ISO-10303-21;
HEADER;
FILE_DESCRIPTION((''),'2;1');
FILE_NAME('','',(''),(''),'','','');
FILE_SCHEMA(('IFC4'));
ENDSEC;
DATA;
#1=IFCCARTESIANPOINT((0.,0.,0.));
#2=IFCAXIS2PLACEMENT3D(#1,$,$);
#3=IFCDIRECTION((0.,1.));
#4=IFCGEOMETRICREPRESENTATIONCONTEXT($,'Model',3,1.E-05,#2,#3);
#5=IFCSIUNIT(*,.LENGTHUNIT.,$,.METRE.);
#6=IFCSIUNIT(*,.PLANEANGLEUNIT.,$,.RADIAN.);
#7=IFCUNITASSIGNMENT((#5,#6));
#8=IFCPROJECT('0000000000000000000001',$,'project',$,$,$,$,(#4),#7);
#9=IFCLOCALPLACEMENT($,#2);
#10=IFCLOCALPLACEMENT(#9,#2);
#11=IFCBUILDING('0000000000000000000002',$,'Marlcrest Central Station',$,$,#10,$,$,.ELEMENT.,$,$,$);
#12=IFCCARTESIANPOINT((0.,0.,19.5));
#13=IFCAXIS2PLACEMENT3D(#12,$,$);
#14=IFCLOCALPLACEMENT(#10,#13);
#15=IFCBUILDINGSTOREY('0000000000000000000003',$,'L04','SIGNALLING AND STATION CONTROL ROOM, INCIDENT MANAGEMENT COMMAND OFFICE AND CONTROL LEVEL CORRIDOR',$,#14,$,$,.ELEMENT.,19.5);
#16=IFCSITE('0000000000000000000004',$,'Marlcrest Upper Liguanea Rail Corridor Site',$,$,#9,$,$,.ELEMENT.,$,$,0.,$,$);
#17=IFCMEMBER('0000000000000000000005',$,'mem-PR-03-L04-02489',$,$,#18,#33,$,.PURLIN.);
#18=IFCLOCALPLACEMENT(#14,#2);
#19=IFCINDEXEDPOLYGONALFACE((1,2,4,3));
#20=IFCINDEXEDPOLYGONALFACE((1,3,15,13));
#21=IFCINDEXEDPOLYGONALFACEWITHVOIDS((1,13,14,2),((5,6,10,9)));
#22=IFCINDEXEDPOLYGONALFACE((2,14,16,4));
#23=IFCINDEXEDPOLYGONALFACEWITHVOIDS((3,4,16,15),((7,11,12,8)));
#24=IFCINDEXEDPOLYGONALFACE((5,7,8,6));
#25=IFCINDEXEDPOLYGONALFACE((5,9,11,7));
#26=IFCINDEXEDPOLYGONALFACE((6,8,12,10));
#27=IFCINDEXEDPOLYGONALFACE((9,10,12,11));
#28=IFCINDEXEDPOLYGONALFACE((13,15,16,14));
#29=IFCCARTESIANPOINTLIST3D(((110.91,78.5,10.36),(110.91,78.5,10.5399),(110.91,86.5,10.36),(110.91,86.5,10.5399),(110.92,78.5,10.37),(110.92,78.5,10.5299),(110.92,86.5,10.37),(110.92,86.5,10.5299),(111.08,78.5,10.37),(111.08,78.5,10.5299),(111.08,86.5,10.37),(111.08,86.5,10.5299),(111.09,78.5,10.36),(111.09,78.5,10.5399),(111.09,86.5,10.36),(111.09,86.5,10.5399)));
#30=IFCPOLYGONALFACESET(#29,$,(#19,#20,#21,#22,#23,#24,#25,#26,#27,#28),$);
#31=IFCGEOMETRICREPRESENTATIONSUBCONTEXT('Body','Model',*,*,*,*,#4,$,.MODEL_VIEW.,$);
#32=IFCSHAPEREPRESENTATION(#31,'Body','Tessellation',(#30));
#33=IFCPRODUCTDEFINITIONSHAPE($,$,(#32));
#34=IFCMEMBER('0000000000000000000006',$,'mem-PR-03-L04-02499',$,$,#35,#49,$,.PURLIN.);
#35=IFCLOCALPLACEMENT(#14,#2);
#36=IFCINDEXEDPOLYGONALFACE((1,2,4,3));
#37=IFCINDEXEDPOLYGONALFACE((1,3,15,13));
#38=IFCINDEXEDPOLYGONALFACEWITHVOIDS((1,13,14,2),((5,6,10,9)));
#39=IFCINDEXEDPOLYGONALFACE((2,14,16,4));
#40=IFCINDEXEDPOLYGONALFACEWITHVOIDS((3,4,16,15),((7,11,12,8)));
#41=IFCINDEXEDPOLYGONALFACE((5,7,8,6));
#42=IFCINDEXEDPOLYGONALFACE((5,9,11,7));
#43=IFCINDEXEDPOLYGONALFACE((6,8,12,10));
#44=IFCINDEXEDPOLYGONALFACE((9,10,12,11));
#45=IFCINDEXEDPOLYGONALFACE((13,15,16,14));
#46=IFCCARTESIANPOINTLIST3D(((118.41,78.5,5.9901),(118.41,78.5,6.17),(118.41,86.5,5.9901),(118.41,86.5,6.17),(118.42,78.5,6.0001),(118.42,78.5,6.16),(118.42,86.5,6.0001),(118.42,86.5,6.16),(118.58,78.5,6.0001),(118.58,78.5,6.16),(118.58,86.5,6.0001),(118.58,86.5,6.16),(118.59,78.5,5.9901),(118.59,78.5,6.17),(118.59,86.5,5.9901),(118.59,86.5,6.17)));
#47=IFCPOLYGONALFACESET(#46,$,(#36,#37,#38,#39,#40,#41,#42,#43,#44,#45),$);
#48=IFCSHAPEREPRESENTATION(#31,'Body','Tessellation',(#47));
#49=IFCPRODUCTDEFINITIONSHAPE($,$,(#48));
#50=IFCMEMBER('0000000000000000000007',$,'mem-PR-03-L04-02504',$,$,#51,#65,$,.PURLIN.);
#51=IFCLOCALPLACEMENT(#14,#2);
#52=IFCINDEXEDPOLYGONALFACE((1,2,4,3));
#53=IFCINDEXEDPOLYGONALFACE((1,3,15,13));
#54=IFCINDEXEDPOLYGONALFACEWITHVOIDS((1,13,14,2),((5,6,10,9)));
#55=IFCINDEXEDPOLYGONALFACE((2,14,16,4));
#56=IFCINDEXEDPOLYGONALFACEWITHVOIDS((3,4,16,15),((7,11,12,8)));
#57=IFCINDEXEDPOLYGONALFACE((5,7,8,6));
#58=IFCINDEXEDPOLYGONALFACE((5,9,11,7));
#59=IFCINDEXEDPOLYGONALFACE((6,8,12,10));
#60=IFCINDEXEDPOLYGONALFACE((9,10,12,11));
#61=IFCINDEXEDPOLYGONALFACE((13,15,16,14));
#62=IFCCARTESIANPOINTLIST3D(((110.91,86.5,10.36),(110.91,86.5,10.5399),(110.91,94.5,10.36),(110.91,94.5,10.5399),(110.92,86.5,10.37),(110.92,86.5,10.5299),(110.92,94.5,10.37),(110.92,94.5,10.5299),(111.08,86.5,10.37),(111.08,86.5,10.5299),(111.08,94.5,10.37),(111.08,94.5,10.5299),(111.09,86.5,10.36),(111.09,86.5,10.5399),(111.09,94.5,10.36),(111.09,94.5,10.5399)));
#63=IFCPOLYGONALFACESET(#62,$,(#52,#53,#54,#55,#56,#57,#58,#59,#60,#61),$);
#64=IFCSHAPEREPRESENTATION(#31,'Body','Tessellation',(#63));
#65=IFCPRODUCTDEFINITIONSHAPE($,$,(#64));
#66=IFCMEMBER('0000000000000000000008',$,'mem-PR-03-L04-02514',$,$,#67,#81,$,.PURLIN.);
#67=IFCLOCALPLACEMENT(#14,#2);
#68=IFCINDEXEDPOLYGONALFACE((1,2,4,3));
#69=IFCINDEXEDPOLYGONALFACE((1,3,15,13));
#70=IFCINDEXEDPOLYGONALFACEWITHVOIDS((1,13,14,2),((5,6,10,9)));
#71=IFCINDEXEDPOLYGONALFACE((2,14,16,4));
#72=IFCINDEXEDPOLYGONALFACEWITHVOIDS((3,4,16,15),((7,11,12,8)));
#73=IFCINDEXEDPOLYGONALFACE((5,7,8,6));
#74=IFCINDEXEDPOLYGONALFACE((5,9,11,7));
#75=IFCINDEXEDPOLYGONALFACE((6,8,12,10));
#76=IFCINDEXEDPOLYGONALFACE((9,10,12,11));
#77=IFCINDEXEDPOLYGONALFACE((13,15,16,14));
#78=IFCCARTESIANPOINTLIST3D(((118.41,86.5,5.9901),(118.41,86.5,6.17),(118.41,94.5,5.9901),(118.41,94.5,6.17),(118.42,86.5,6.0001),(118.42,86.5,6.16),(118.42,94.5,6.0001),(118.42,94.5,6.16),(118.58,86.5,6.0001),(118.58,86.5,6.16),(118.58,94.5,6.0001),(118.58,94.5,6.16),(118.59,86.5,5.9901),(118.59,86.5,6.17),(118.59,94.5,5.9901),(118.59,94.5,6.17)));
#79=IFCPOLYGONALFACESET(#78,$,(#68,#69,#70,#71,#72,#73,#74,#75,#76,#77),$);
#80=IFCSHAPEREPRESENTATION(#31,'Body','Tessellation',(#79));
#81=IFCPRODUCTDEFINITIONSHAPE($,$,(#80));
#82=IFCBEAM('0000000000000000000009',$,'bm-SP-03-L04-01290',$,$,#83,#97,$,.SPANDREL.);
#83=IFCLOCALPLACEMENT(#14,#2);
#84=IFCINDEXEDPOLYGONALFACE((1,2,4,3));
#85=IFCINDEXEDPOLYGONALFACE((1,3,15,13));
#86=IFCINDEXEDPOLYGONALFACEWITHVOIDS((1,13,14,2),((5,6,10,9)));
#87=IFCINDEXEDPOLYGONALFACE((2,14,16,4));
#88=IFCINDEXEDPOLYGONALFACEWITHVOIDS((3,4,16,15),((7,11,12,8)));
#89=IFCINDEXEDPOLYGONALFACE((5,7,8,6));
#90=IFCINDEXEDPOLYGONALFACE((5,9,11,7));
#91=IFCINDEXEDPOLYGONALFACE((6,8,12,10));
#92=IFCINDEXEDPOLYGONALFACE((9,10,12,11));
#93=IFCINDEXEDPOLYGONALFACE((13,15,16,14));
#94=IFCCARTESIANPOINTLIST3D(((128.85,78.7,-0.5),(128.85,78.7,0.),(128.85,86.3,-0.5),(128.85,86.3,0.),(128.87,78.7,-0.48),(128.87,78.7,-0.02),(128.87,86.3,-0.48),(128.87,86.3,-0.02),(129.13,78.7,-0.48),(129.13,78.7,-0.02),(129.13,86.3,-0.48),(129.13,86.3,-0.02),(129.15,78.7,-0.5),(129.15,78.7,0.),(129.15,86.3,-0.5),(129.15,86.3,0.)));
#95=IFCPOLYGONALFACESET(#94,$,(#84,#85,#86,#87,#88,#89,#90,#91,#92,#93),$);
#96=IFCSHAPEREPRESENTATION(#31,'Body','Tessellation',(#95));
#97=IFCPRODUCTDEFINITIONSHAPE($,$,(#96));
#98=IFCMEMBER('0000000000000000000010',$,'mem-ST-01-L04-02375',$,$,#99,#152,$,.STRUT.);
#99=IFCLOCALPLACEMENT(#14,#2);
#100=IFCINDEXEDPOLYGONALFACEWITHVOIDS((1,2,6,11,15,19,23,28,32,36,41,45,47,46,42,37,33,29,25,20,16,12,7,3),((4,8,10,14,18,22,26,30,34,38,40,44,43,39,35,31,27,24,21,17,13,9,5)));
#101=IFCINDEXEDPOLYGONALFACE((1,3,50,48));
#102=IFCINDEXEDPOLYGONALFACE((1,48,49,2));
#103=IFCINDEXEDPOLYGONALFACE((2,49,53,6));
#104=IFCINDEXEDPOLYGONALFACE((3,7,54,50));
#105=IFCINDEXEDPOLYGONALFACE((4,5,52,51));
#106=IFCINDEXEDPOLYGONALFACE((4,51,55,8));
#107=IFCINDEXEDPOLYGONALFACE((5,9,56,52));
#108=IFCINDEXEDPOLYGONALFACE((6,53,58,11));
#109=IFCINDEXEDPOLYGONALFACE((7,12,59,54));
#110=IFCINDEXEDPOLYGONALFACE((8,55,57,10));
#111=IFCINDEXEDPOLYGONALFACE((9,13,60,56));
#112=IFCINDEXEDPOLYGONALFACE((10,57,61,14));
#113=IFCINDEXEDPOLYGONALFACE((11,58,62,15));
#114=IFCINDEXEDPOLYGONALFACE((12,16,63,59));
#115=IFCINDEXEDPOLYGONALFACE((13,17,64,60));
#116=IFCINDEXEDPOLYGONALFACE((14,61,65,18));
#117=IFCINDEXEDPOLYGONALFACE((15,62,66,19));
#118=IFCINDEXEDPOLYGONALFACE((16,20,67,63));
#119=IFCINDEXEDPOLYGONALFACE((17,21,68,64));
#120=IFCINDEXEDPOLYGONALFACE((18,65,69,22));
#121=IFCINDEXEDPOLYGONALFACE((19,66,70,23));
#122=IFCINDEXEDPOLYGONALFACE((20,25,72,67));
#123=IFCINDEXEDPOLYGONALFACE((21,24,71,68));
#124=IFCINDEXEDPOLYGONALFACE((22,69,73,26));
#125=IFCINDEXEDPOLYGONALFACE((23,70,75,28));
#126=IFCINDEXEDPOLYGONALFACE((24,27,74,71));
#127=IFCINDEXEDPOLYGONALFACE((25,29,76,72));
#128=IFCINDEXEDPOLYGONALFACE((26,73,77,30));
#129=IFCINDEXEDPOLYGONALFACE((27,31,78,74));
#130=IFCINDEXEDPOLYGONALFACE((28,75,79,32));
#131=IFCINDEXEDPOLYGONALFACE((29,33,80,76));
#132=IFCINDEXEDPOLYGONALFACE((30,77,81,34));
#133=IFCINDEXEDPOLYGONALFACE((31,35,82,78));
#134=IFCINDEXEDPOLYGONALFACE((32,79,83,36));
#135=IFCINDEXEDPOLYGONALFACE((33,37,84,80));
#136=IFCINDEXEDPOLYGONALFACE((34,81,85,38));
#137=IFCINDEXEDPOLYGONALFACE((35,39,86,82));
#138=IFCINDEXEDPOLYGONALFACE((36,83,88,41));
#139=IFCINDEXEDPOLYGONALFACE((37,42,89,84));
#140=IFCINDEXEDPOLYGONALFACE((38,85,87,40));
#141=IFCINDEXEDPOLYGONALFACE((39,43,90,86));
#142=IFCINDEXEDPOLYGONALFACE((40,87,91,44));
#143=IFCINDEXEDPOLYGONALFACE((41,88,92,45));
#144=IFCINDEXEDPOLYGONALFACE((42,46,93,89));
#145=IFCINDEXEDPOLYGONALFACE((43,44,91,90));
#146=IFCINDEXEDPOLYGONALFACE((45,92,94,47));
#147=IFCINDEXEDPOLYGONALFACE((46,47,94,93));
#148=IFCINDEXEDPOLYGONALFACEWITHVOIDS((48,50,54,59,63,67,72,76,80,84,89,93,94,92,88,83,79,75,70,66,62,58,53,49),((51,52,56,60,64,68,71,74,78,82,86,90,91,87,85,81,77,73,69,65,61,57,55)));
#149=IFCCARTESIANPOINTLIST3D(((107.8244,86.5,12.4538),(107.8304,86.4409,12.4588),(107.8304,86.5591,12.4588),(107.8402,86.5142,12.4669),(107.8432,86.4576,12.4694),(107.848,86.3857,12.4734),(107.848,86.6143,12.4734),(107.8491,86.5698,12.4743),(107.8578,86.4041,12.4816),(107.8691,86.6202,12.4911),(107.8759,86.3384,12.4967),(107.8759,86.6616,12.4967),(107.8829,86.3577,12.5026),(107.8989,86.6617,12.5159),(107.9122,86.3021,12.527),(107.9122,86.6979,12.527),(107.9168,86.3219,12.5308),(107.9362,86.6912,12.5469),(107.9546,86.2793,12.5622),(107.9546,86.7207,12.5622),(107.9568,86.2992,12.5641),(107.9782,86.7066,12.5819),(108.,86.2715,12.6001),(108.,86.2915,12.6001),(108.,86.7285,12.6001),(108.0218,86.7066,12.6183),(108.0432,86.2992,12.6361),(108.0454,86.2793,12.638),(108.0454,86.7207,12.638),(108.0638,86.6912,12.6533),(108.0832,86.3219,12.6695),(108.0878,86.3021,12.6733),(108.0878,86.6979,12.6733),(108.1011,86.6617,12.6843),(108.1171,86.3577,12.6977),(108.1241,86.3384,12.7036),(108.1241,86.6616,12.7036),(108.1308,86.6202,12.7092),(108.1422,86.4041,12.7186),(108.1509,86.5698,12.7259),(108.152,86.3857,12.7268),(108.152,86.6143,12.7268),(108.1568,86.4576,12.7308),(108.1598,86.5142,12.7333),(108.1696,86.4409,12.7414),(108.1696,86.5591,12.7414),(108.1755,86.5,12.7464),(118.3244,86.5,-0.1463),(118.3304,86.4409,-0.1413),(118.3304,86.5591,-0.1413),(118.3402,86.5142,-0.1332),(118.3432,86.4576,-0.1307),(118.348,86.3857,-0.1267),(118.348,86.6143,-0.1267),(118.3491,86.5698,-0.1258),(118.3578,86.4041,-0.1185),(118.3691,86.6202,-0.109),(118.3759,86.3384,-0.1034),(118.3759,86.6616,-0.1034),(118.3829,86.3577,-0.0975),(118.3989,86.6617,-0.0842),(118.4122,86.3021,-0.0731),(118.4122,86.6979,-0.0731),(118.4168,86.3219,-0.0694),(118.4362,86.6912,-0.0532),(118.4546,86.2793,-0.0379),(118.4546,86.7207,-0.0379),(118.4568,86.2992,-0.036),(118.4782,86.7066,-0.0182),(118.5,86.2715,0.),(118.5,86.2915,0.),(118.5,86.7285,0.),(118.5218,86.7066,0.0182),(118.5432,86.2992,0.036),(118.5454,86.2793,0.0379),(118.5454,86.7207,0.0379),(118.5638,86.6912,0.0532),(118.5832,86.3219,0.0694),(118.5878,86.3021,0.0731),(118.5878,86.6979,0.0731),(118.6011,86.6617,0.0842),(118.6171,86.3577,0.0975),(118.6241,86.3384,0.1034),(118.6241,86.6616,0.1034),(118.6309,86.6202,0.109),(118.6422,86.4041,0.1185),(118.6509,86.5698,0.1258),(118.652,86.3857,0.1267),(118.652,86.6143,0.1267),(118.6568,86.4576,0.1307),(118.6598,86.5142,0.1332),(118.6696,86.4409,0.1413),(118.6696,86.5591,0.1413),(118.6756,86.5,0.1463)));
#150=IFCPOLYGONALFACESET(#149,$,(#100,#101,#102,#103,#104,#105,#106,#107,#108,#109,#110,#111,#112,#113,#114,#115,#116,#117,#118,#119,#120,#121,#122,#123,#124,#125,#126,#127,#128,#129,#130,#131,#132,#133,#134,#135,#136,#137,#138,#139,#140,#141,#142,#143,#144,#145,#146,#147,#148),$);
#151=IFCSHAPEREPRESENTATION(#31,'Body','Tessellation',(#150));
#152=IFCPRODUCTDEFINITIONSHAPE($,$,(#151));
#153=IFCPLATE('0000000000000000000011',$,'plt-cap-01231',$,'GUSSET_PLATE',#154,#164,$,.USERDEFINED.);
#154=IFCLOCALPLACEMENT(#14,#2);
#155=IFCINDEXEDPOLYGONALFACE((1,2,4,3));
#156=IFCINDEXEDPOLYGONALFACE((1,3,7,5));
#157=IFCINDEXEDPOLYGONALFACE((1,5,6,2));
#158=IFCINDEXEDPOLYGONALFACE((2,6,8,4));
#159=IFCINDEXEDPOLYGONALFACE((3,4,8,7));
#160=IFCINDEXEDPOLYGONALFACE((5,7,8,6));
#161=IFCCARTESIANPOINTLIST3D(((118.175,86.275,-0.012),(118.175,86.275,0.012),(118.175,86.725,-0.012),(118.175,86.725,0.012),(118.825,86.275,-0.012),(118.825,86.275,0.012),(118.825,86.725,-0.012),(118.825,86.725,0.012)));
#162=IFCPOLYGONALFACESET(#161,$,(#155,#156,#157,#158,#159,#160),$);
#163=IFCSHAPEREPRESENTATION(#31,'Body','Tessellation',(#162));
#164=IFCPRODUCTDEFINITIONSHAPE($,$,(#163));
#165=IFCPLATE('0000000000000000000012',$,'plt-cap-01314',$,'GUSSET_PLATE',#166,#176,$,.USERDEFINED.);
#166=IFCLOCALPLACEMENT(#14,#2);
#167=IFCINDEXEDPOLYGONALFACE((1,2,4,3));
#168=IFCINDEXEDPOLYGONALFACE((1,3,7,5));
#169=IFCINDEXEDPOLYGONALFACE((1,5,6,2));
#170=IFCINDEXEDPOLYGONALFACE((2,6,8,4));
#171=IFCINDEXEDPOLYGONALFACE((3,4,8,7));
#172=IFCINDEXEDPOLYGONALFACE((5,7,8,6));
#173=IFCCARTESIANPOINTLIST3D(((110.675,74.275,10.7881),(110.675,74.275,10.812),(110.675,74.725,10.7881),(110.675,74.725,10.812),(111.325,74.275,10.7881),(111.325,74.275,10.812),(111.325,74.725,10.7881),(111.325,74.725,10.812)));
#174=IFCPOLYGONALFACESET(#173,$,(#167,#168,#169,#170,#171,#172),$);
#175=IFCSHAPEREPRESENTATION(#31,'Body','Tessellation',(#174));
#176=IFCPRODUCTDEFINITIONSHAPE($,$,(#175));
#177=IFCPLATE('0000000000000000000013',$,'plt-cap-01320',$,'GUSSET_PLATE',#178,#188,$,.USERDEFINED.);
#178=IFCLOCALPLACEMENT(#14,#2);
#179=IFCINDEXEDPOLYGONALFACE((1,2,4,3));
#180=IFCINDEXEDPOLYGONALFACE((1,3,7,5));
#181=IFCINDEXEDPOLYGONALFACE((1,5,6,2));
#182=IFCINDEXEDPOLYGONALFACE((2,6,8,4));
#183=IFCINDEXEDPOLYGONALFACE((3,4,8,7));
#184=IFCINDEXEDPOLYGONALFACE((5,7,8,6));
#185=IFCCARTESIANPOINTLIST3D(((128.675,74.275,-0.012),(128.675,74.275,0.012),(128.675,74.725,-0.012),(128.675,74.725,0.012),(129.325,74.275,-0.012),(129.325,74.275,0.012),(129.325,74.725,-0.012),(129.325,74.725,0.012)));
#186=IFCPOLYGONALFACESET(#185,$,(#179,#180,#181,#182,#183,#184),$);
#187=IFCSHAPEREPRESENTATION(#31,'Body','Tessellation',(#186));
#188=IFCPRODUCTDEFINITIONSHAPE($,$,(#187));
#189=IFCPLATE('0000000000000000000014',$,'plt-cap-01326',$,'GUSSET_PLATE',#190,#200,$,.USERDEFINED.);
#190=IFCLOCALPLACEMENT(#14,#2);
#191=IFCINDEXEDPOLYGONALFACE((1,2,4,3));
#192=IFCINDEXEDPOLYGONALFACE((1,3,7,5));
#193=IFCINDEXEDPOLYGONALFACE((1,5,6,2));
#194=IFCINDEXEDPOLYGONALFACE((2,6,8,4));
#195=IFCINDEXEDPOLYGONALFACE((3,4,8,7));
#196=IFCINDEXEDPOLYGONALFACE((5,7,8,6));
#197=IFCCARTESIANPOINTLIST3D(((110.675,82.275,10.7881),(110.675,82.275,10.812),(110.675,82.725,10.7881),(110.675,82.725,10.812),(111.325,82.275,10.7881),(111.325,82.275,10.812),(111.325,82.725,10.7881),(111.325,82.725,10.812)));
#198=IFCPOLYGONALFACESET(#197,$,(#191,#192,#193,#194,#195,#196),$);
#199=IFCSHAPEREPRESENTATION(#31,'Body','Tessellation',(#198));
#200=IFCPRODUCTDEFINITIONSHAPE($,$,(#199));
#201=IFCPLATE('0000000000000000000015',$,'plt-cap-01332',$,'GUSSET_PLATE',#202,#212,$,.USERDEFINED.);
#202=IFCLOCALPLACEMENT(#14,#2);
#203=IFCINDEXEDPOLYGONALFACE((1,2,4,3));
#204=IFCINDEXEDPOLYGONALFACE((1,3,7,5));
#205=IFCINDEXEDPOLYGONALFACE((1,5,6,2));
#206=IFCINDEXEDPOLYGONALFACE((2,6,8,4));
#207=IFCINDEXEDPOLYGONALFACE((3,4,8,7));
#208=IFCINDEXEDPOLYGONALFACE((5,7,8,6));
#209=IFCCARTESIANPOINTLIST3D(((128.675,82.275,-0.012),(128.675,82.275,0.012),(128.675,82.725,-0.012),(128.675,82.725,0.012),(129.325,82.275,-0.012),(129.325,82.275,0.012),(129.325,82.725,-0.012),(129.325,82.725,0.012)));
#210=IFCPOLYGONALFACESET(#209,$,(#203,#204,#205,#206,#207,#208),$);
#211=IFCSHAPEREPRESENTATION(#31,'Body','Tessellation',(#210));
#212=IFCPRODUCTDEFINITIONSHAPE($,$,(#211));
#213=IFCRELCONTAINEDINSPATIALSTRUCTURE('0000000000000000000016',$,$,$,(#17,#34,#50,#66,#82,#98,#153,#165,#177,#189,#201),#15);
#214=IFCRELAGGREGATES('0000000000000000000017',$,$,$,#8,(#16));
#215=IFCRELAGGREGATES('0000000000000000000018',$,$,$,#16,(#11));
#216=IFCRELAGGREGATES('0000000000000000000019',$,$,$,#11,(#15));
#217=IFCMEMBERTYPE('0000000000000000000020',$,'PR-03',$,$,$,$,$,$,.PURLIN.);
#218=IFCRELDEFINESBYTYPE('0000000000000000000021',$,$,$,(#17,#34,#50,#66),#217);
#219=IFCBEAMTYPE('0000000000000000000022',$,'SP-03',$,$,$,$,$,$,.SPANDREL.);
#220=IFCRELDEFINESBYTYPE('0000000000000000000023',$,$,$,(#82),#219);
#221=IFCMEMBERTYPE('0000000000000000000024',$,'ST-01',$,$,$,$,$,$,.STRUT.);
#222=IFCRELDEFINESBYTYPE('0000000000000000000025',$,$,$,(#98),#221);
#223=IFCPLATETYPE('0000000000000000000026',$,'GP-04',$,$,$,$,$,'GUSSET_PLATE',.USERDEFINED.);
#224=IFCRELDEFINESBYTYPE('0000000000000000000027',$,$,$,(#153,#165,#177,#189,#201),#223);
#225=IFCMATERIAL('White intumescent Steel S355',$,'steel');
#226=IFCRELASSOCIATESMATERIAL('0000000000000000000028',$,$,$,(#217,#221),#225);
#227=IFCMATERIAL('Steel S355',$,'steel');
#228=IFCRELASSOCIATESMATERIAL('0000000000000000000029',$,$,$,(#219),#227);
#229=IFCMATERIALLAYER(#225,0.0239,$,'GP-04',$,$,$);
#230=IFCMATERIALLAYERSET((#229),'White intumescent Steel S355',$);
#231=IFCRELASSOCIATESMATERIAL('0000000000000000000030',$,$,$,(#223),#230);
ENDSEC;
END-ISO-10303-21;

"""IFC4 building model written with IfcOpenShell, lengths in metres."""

from ifc_helpers import new_model, si_unit, direction, frame, origin, origin_2d, place, context, subcontext, project, spatial, rectangle, hollow_rectangle, hollow_circle, extrude, material, layer, layer_set, material_profile, profile_set, type_object, element, save


model = new_model("IFC4")

# Units and contexts
model_context = context("Model", 3, precision=1e-05, world=origin(), true_north=direction((0.0, 1.0)))
body_context = subcontext(model_context, "Body", "Model", "MODEL_VIEW")
ifc_project = project(units=[si_unit("LENGTHUNIT", "METRE"), si_unit("PLANEANGLEUNIT", "RADIAN")], contexts=[model_context])

# Site, building, storey
site_placement = place(None, origin())
site = spatial("IfcSite", under=ifc_project, at=site_placement, Name="Marlcrest Upper Liguanea Rail Corridor Site", CompositionType="ELEMENT", RefElevation=0.0)
building_placement = place(site_placement, origin())
building = spatial("IfcBuilding", under=site, at=building_placement, Name="Marlcrest Central Station", CompositionType="ELEMENT")
storey_placement = place(building_placement, frame((0.0, 0.0, 19.5)))
storey = spatial("IfcBuildingStorey", under=building, at=storey_placement, Name="L04", Description="SIGNALLING AND STATION CONTROL ROOM, INCIDENT MANAGEMENT COMMAND OFFICE AND CONTROL LEVEL CORRIDOR", CompositionType="ELEMENT", Elevation=19.5)

# Members
ifc_material_1 = material(Name="White intumescent Steel S355", Category="steel")
ifc_material_profile_1 = material_profile(ifc_material_1, hollow_rectangle(XDim=0.1799, YDim=0.1799, WallThickness=0.01, at=origin_2d()), Name="SHS 180x180x10")
ifc_profile_set_1 = profile_set([ifc_material_profile_1], Name="White intumescent Steel S355")
member_type_1 = type_object("IfcMemberType", Name="PR-03", PredefinedType="PURLIN", material=ifc_profile_set_1)
for number, where, z_axis, x_axis, name in (
    (1, (111.0, 78.5, 10.45), (0.0, 1.0, 0.0), (-1.0, 0.0, 0.0), "mem-PR-03-L04-02489"),
    (2, (118.5, 78.5, 6.0801), (0.0, 1.0, 0.0), (-1.0, 0.0, 0.0), "mem-PR-03-L04-02499"),
    (3, (111.0, 86.5, 10.45), (0.0, 1.0, 0.0), (-1.0, 0.0, 0.0), "mem-PR-03-L04-02504"),
    (4, (118.5, 86.5, 6.0801), (0.0, 1.0, 0.0), (-1.0, 0.0, 0.0), "mem-PR-03-L04-02514"),
):
    element("IfcMember", number, at=place(storey_placement, frame(where, z_axis=z_axis, x_axis=x_axis)), inside=storey, type_object=member_type_1, Name=name, PredefinedType="PURLIN", context=body_context, shape_type="SweptSolid", body=[
        extrude(hollow_rectangle(XDim=0.1799, YDim=0.1799, WallThickness=0.01, at=origin_2d()), origin(), (0.0, 0.0, 1.0), 8.0),
    ])

# Beam
ifc_material_2 = material(Name="Steel S355", Category="steel")
ifc_material_profile_2 = material_profile(ifc_material_2, hollow_rectangle(XDim=0.3, YDim=0.5, WallThickness=0.02, at=origin_2d()), Name="RHS 500x300x20")
ifc_profile_set_2 = profile_set([ifc_material_profile_2], Name="Steel S355")
beam_type = type_object("IfcBeamType", Name="SP-03", PredefinedType="SPANDREL", material=ifc_profile_set_2)
beam_placement = place(storey_placement, frame((129.0, 78.7, -0.25), z_axis=(0.0, 1.0, 0.0), x_axis=(-1.0, 0.0, 0.0)))
element("IfcBeam", 5, at=beam_placement, inside=storey, type_object=beam_type, Name="bm-SP-03-L04-01290", PredefinedType="SPANDREL", context=body_context, shape_type="SweptSolid", body=[
    extrude(hollow_rectangle(XDim=0.3, YDim=0.5, WallThickness=0.02, at=origin_2d()), origin(), (0.0, 0.0, 1.0), 7.6001),
])

# Member
ifc_material_profile_3 = material_profile(ifc_material_1, hollow_circle(Radius=0.2285, WallThickness=0.02, at=origin_2d()), Name="CHS 457x20")
ifc_profile_set_3 = profile_set([ifc_material_profile_3], Name="White intumescent Steel S355")
member_type_2 = type_object("IfcMemberType", Name="ST-01", PredefinedType="STRUT", material=ifc_profile_set_3)
member_placement = place(storey_placement, frame((118.5, 86.5, 0.0), z_axis=(-0.640181, 0.0, 0.768224), x_axis=(0.0, -1.0, 0.0)))
element("IfcMember", 6, at=member_placement, inside=storey, type_object=member_type_2, Name="mem-ST-01-L04-02375", PredefinedType="STRUT", context=body_context, shape_type="SweptSolid", body=[
    extrude(hollow_circle(Radius=0.2285, WallThickness=0.02, at=origin_2d()), origin(), (0.0, 0.0, 1.0), 16.4016),
])

# Plates
ifc_layer_1 = layer(ifc_material_1, 0.0239, Name="GP-04")
ifc_layer_set_1 = layer_set([ifc_layer_1], Name="White intumescent Steel S355")
plate_type_1 = type_object("IfcPlateType", Name="GP-04", ElementType="GUSSET_PLATE", PredefinedType="USERDEFINED", material=ifc_layer_set_1)
for number, where, z_axis, x_axis, name in (
    (7, (118.5, 86.5, -0.012), (0.0, 0.0, 1.0), (1.0, 0.0, 0.0), "plt-cap-01231"),
    (8, (111.0, 74.5, 10.7881), (0.0, 0.0, 1.0), (1.0, 0.0, 0.0), "plt-cap-01314"),
    (9, (129.0, 74.5, -0.012), (0.0, 0.0, 1.0), (1.0, 0.0, 0.0), "plt-cap-01320"),
    (10, (111.0, 82.5, 10.7881), (0.0, 0.0, 1.0), (1.0, 0.0, 0.0), "plt-cap-01326"),
    (11, (129.0, 82.5, -0.012), (0.0, 0.0, 1.0), (1.0, 0.0, 0.0), "plt-cap-01332"),
):
    element("IfcPlate", number, at=place(storey_placement, frame(where, z_axis=z_axis, x_axis=x_axis)), inside=storey, type_object=plate_type_1, Name=name, ObjectType="GUSSET_PLATE", PredefinedType="USERDEFINED", context=body_context, shape_type="SweptSolid", body=[
        extrude(rectangle(XDim=0.6499, YDim=0.45, at=origin_2d()), origin(), (0.0, 0.0, 1.0), 0.0239),
    ])

save(model, "model.ifc")
